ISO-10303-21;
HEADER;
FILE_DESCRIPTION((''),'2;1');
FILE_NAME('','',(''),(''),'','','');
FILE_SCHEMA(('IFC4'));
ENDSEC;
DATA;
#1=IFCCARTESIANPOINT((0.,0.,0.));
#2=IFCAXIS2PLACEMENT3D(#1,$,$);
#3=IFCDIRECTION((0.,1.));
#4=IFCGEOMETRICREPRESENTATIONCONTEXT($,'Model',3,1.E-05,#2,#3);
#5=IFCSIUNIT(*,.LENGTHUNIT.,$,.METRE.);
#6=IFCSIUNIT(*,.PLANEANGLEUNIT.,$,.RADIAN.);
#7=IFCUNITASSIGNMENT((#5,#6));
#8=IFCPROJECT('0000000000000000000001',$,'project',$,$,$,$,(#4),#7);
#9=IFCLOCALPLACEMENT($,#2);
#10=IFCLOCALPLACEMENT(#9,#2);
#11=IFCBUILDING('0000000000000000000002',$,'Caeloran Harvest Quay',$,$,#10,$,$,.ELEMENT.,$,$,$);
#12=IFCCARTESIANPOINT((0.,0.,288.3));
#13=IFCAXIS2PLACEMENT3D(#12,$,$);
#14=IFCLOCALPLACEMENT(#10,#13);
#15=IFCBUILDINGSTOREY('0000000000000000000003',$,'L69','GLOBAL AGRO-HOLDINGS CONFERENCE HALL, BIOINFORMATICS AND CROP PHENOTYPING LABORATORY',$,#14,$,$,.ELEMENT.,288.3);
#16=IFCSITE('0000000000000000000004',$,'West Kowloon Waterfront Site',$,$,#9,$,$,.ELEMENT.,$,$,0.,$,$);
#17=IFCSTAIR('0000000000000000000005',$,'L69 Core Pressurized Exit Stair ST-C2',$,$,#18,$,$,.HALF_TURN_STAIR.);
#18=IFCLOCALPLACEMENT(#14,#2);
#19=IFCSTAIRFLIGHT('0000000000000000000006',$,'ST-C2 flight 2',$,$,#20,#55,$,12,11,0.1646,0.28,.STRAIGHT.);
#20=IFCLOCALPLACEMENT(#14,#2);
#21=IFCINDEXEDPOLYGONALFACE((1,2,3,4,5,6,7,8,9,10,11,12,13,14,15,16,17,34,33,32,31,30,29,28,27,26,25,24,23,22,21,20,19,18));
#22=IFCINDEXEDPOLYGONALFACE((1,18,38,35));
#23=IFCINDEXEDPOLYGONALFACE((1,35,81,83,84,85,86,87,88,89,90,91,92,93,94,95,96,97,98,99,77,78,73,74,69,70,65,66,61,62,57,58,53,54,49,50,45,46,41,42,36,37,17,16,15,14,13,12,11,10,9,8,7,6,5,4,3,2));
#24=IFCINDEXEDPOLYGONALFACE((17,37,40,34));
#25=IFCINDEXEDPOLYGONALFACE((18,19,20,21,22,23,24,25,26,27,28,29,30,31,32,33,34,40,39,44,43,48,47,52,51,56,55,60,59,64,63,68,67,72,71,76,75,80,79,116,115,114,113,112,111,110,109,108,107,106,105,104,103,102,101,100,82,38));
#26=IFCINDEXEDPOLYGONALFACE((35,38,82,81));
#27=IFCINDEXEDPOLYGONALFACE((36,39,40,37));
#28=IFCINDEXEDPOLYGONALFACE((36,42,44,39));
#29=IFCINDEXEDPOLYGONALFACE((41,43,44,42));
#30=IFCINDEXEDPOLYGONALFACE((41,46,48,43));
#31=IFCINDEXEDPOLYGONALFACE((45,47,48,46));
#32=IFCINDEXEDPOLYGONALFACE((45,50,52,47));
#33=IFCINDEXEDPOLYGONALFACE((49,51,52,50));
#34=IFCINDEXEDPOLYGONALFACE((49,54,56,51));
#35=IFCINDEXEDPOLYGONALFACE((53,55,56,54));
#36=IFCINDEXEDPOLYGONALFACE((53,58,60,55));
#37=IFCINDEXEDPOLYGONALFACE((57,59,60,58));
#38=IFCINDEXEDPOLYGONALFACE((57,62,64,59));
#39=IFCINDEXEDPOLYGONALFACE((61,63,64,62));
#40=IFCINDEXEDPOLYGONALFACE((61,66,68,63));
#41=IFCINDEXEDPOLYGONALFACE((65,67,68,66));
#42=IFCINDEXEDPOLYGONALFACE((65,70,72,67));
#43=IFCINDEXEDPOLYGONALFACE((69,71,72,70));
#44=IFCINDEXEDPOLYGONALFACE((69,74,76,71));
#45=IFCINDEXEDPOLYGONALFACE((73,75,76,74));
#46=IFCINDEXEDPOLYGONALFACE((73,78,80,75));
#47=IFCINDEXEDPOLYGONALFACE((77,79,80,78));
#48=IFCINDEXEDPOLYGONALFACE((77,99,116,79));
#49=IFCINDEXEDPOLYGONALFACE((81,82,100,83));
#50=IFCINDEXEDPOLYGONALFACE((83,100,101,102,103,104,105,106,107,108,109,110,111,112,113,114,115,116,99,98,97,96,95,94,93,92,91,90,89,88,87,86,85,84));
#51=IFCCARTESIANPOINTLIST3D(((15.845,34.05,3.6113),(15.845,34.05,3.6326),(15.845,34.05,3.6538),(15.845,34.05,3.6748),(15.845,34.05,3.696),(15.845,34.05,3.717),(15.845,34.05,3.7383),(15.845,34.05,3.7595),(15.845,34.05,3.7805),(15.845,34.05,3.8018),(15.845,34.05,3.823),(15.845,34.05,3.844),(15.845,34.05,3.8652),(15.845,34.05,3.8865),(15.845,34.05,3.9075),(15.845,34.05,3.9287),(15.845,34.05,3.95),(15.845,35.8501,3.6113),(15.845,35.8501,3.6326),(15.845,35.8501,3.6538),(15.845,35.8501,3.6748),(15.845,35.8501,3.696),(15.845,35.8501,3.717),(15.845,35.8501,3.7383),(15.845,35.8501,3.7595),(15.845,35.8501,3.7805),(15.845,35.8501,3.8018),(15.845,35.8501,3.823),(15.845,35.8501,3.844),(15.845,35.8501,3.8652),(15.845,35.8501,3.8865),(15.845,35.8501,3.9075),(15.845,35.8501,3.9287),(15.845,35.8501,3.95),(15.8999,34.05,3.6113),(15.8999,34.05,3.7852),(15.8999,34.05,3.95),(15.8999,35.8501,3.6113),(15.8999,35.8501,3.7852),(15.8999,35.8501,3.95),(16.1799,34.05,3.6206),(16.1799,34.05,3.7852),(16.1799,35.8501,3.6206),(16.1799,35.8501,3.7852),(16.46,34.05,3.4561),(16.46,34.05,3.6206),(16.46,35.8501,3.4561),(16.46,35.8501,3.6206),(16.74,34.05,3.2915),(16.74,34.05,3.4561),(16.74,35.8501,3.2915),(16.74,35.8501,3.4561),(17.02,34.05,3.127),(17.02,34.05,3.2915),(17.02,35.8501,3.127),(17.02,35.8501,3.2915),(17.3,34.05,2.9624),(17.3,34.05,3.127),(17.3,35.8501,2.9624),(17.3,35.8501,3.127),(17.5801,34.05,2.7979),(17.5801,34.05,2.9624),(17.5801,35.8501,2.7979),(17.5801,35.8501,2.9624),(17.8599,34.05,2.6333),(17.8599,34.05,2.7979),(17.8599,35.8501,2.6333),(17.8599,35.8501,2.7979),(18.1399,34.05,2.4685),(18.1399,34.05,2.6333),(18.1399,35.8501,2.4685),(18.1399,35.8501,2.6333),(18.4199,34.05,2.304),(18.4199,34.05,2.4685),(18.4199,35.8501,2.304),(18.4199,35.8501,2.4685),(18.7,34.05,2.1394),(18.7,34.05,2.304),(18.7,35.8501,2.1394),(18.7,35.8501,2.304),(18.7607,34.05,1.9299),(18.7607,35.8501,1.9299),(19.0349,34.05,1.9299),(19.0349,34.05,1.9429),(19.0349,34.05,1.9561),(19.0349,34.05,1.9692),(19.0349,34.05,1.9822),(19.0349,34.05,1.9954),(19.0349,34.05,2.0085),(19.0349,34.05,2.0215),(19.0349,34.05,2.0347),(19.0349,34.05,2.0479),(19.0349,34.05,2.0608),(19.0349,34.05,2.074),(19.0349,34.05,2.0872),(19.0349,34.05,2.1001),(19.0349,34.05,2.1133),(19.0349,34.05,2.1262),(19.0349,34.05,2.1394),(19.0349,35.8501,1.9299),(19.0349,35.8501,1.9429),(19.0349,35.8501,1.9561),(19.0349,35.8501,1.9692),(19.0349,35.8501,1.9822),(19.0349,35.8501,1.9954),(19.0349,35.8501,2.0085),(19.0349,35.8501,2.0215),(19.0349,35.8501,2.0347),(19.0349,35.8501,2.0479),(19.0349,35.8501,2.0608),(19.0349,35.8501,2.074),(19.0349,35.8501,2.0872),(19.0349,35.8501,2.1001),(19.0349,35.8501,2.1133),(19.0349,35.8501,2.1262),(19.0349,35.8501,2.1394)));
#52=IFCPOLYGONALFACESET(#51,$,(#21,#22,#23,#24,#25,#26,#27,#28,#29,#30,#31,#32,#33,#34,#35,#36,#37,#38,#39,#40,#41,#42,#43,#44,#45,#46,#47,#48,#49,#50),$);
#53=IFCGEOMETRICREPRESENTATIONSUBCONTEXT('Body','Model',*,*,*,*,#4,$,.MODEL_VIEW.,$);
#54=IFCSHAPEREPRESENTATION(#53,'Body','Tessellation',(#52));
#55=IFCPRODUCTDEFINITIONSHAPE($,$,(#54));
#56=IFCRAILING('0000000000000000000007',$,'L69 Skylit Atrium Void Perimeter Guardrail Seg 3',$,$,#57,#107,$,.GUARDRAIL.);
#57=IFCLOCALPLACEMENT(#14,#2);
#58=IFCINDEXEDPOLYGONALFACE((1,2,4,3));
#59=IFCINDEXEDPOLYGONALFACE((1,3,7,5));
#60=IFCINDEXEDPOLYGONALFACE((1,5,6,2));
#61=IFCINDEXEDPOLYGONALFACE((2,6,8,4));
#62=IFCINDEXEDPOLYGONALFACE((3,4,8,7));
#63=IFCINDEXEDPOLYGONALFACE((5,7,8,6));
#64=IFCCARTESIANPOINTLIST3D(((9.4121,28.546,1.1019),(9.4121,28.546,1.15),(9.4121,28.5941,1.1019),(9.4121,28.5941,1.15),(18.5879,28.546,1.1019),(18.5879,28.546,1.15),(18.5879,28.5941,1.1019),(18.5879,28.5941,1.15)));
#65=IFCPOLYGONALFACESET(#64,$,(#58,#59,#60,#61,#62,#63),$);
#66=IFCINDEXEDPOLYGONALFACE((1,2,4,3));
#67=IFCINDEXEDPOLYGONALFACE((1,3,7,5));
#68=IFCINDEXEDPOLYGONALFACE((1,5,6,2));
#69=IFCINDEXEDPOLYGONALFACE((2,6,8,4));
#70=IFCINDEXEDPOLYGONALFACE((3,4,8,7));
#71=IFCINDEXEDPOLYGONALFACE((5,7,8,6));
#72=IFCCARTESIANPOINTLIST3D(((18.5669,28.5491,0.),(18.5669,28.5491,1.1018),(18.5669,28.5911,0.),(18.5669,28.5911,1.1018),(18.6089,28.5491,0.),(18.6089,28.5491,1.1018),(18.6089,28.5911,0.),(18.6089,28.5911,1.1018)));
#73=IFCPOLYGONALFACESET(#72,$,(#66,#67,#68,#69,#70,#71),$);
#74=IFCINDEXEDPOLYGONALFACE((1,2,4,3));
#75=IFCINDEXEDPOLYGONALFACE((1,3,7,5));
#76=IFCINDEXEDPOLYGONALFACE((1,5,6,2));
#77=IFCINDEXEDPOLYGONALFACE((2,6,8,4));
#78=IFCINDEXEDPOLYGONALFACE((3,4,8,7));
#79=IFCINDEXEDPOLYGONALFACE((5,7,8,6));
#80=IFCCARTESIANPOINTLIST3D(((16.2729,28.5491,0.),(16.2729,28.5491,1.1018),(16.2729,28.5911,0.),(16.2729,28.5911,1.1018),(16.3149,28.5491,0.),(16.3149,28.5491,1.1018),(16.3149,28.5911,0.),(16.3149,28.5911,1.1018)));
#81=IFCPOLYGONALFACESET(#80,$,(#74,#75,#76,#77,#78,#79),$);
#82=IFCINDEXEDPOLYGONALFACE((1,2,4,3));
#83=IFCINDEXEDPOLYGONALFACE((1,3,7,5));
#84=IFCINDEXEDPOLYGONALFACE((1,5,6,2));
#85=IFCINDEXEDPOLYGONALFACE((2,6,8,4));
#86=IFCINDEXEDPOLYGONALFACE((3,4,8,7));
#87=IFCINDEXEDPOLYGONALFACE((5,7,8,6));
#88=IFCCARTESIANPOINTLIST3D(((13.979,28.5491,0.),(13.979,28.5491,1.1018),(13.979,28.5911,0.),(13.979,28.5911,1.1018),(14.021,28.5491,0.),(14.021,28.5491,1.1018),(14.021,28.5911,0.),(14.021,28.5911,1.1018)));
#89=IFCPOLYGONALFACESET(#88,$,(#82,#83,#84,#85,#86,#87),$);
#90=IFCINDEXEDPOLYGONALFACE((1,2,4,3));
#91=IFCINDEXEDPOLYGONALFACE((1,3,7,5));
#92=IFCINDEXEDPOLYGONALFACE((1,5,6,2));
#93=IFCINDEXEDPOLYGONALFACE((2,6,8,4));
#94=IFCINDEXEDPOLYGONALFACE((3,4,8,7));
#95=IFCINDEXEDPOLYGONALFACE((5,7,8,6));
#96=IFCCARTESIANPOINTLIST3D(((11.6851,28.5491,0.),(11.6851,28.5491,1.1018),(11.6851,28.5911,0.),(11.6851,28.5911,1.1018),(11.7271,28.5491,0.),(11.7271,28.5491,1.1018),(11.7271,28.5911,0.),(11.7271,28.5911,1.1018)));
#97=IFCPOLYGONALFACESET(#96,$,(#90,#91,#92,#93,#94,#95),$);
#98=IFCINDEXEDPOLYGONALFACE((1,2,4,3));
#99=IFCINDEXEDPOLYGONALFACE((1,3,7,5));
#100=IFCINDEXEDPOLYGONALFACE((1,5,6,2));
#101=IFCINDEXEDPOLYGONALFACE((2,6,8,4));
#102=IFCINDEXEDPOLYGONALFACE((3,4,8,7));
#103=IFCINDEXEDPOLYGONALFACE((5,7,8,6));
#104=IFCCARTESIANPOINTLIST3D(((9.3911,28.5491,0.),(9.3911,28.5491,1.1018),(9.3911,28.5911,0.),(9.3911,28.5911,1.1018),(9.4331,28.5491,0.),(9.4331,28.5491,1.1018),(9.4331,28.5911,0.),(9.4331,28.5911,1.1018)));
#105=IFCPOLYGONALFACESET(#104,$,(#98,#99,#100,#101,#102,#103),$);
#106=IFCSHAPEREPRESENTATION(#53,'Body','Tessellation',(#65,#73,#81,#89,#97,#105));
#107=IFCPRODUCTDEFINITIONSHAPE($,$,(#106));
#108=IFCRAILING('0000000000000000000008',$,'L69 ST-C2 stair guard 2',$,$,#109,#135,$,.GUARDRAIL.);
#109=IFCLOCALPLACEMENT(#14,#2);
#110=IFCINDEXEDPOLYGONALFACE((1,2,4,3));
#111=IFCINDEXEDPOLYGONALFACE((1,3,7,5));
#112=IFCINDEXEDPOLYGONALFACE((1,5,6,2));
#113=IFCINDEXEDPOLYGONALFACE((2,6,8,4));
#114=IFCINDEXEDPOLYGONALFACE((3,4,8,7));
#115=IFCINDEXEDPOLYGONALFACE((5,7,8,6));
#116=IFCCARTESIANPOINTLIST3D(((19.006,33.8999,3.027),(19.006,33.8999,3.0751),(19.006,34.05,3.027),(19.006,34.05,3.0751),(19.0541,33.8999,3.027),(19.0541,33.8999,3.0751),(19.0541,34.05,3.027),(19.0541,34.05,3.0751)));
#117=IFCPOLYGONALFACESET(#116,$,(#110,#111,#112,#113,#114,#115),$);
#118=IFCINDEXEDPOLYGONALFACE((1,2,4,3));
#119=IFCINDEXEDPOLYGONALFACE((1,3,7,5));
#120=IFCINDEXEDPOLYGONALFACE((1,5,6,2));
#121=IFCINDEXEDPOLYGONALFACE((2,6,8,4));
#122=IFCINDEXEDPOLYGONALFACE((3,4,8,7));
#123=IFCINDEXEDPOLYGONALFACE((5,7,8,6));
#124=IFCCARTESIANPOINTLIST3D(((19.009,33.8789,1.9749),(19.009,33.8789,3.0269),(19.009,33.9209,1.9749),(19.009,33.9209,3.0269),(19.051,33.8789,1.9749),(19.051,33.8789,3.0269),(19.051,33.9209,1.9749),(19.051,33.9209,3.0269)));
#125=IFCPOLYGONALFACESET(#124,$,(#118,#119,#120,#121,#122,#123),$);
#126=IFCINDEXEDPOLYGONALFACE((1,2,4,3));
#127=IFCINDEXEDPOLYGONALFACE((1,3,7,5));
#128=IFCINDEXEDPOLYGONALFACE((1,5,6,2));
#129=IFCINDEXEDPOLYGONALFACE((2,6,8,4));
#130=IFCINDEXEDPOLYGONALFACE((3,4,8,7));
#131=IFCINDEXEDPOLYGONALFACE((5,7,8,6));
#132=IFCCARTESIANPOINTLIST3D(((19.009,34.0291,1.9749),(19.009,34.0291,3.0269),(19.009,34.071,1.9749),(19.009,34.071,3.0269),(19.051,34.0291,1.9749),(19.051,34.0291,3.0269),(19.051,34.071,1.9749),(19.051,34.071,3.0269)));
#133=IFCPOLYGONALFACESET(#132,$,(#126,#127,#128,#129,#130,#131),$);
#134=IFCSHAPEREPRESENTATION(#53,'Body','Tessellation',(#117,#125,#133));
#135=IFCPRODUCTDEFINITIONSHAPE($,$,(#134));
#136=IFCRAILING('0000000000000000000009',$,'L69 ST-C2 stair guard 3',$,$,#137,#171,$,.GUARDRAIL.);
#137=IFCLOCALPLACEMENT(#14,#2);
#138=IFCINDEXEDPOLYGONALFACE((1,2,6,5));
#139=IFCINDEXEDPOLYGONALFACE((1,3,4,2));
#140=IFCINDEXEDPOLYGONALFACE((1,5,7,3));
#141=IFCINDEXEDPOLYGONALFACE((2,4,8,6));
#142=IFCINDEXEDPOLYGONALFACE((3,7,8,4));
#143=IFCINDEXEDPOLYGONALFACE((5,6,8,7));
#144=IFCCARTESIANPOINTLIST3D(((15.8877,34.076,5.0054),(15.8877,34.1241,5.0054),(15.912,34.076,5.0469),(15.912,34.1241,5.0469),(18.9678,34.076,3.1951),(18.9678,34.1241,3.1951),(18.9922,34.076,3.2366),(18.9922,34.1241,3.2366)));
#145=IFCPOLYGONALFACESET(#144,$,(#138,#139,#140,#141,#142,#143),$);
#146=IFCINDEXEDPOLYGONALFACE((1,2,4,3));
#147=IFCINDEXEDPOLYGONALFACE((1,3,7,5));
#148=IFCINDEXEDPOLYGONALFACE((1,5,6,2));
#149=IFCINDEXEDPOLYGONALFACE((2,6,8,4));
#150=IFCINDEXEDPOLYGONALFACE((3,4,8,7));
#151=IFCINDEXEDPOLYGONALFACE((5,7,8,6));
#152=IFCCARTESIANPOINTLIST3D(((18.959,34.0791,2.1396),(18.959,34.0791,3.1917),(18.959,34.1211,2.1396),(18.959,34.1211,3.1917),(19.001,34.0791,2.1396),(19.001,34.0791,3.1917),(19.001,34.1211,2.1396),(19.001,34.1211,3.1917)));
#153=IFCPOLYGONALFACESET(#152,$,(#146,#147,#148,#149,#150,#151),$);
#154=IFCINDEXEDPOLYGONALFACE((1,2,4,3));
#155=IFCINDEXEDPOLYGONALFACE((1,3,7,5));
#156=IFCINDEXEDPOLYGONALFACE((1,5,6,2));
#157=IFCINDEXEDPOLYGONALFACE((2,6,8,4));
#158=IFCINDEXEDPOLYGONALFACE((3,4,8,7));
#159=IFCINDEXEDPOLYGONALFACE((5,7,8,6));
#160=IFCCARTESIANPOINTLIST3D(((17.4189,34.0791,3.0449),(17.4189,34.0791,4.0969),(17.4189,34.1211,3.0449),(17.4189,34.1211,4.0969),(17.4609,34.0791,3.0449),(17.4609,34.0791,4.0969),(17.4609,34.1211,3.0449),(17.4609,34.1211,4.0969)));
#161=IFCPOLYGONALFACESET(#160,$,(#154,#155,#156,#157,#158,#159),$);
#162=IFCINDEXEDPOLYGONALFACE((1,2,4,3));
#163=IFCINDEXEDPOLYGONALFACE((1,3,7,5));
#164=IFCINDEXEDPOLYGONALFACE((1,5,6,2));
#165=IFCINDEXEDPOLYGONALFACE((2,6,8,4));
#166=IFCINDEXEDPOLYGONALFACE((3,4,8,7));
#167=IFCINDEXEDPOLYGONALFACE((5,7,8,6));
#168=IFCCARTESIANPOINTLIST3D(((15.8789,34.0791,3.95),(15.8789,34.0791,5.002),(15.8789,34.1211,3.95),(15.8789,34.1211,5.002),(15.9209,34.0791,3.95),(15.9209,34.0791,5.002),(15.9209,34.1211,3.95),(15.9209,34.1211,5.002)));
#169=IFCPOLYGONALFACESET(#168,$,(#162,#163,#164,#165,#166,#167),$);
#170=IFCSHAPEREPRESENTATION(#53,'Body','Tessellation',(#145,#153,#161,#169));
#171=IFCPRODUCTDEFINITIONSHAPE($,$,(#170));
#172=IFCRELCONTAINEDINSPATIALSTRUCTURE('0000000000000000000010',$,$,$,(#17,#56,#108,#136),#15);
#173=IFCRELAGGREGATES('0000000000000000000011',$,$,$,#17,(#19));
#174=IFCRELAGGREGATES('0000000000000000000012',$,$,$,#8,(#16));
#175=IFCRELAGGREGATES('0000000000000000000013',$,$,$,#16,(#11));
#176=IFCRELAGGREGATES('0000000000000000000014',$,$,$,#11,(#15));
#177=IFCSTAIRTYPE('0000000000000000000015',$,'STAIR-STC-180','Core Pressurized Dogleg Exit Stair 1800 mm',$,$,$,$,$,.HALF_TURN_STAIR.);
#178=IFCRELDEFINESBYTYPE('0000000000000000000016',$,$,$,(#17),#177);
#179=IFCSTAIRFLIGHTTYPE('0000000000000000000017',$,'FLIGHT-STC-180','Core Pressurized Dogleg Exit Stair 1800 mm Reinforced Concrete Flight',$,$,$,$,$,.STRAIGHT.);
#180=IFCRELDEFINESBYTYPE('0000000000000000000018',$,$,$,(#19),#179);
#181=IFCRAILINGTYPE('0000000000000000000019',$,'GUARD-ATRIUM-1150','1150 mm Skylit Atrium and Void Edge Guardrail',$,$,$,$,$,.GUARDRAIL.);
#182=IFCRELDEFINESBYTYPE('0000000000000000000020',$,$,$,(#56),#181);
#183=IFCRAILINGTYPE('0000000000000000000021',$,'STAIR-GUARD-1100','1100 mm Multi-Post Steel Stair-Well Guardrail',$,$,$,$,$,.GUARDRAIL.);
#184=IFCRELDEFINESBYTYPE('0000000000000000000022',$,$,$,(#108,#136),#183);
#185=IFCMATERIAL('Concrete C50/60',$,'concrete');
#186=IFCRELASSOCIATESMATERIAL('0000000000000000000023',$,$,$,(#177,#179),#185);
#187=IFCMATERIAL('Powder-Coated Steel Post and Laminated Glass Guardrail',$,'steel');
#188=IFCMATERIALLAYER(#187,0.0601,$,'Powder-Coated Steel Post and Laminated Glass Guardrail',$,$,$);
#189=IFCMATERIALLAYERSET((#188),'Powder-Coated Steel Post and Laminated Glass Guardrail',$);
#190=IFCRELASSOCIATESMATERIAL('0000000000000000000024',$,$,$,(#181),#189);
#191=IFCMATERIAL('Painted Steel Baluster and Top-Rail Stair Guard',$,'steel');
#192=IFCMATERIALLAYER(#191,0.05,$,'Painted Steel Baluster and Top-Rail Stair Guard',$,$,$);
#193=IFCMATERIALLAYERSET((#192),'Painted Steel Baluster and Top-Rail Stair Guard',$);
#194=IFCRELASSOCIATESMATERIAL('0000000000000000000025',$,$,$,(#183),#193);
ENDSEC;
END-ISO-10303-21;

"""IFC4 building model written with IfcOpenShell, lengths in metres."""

from ifc_helpers import new_model, si_unit, direction, frame, origin, origin_2d, place, context, subcontext, project, spatial, polyline, rectangle, outline, extrude, material, layer, layer_set, type_object, element, aggregate, save


model = new_model("IFC4")

# Units and contexts
model_context = context("Model", 3, precision=1e-05, world=origin(), true_north=direction((0.0, 1.0)))
body_context = subcontext(model_context, "Body", "Model", "MODEL_VIEW")
ifc_project = project(units=[si_unit("LENGTHUNIT", "METRE"), si_unit("PLANEANGLEUNIT", "RADIAN")], contexts=[model_context])

# Site, building, storey
site_placement = place(None, origin())
site = spatial("IfcSite", under=ifc_project, at=site_placement, Name="West Kowloon Waterfront Site", CompositionType="ELEMENT", RefElevation=0.0)
building_placement = place(site_placement, origin())
building = spatial("IfcBuilding", under=site, at=building_placement, Name="Caeloran Harvest Quay", CompositionType="ELEMENT")
storey_placement = place(building_placement, frame((0.0, 0.0, 288.3)))
storey = spatial("IfcBuildingStorey", under=building, at=storey_placement, Name="L69", Description="GLOBAL AGRO-HOLDINGS CONFERENCE HALL, BIOINFORMATICS AND CROP PHENOTYPING LABORATORY", CompositionType="ELEMENT", Elevation=288.3)

# Shared definitions
ifc_material_1 = material(Name="Concrete C50/60", Category="concrete")

# Stair, stair flight
stair_type = type_object("IfcStairType", Name="STAIR-STC-180", Description="Core Pressurized Dogleg Exit Stair 1800 mm", PredefinedType="HALF_TURN_STAIR", material=ifc_material_1)
stair_placement = place(storey_placement, origin())
stair = element("IfcStair", 1, at=stair_placement, inside=storey, type_object=stair_type, Name="L69 Core Pressurized Exit Stair ST-C2", PredefinedType="HALF_TURN_STAIR")
stair_flight_type = type_object("IfcStairFlightType", Name="FLIGHT-STC-180", Description="Core Pressurized Dogleg Exit Stair 1800 mm Reinforced Concrete Flight", PredefinedType="STRAIGHT", material=ifc_material_1)
stair_flight_placement = place(storey_placement, frame((18.98, 34.95, 1.9749), z_axis=(0.0, 0.0, 1.0), x_axis=(-1.0, 0.0, 0.0)))
stair_flight = element("IfcStairFlight", 2, at=stair_flight_placement, type_object=stair_flight_type, Name="ST-C2 flight 2", NumberOfRisers=12, NumberOfTreads=11, PredefinedType="STRAIGHT", RiserHeight=0.1646, TreadLength=0.28, context=body_context, shape_type="SweptSolid", body=[
    extrude(outline(polyline([(-0.0549, -0.0449), (-0.0549, -0.032), (-0.0549, -0.0188), (-0.0549, -0.0056), (-0.0549, 0.0073), (-0.0549, 0.0205), (-0.0549, 0.0337), (-0.0549, 0.0466), (-0.0549, 0.0598), (-0.0549, 0.073), (-0.0549, 0.0859), (-0.0549, 0.0991), (-0.0549, 0.1123), (-0.0549, 0.1252), (-0.0549, 0.1384), (-0.0549, 0.1514), (-0.0549, 0.1646), (0.28, 0.1646), (0.28, 0.3291), (0.5601, 0.3291), (0.5601, 0.4937), (0.8401, 0.4937), (0.8401, 0.6584), (1.1201, 0.6584), (1.1201, 0.823), (1.3999, 0.823), (1.3999, 0.9875), (1.6799, 0.9875), (1.6799, 1.1521), (1.96, 1.1521), (1.96, 1.3167), (2.24, 1.3167), (2.24, 1.4812), (2.52, 1.4812), (2.52, 1.6458), (2.8, 1.6458), (2.8, 1.8103), (3.0801, 1.8103), (3.0801, 1.9751), (3.135, 1.9751), (3.135, 1.9539), (3.135, 1.9326), (3.135, 1.9116), (3.135, 1.8904), (3.135, 1.8691), (3.135, 1.8481), (3.135, 1.8269), (3.135, 1.8057), (3.135, 1.7847), (3.135, 1.7634), (3.135, 1.7422), (3.135, 1.7212), (3.135, 1.7), (3.135, 1.679), (3.135, 1.6577), (3.135, 1.6365), (3.0801, 1.6365), (0.2192, -0.0449), (-0.0549, -0.0449)])), frame((0.0, 0.8999, 0.0), z_axis=(0.0, -1.0, 0.0), x_axis=(1.0, 0.0, 0.0)), (0.0, 0.0, 1.0), 1.8),
])
aggregate(stair, [stair_flight])

# Railings
ifc_material_2 = material(Name="Powder-Coated Steel Post and Laminated Glass Guardrail", Category="steel")
ifc_layer_1 = layer(ifc_material_2, 0.0601, Name="Powder-Coated Steel Post and Laminated Glass Guardrail")
ifc_layer_set_1 = layer_set([ifc_layer_1], Name="Powder-Coated Steel Post and Laminated Glass Guardrail")
railing_type_1 = type_object("IfcRailingType", Name="GUARD-ATRIUM-1150", Description="1150 mm Skylit Atrium and Void Edge Guardrail", PredefinedType="GUARDRAIL", material=ifc_layer_set_1)
railing_1_placement = place(storey_placement, frame((18.5879, 28.5701, 0.0)))
element("IfcRailing", 3, at=railing_1_placement, inside=storey, type_object=railing_type_1, Name="L69 Skylit Atrium Void Perimeter Guardrail Seg 3", PredefinedType="GUARDRAIL", context=body_context, shape_type="SweptSolid", body=[
    extrude(rectangle(XDim=0.0481, YDim=0.0481, at=origin_2d()), frame((0.0, 0.0, 1.126), z_axis=(-1.0, 0.0, 0.0), x_axis=(0.0, -1.0, 0.0)), (0.0, 0.0, 1.0), 9.1758),
    extrude(rectangle(XDim=0.042, YDim=0.042, at=origin_2d()), origin(), (0.0, 0.0, 1.0), 1.1018),
    extrude(rectangle(XDim=0.042, YDim=0.042, at=origin_2d()), frame((-2.2939, 0.0, 0.0)), (0.0, 0.0, 1.0), 1.1018),
    extrude(rectangle(XDim=0.042, YDim=0.042, at=origin_2d()), frame((-4.5879, 0.0, 0.0)), (0.0, 0.0, 1.0), 1.1018),
    extrude(rectangle(XDim=0.042, YDim=0.042, at=origin_2d()), frame((-6.8818, 0.0, 0.0)), (0.0, 0.0, 1.0), 1.1018),
    extrude(rectangle(XDim=0.042, YDim=0.042, at=origin_2d()), frame((-9.1758, 0.0, 0.0)), (0.0, 0.0, 1.0), 1.1018),
])
ifc_material_3 = material(Name="Painted Steel Baluster and Top-Rail Stair Guard", Category="steel")
ifc_layer_2 = layer(ifc_material_3, 0.05, Name="Painted Steel Baluster and Top-Rail Stair Guard")
ifc_layer_set_2 = layer_set([ifc_layer_2], Name="Painted Steel Baluster and Top-Rail Stair Guard")
railing_type_2 = type_object("IfcRailingType", Name="STAIR-GUARD-1100", Description="1100 mm Multi-Post Steel Stair-Well Guardrail", PredefinedType="GUARDRAIL", material=ifc_layer_set_2)
railing_2_placement = place(storey_placement, frame((19.03, 33.8999, 1.9749)))
element("IfcRailing", 4, at=railing_2_placement, inside=storey, type_object=railing_type_2, Name="L69 ST-C2 stair guard 2", PredefinedType="GUARDRAIL", context=body_context, shape_type="SweptSolid", body=[
    extrude(rectangle(XDim=0.0481, YDim=0.0481, at=origin_2d()), frame((0.0, 0.0, 1.0762), z_axis=(0.0, 1.0, 0.0), x_axis=(-1.0, 0.0, 0.0)), (0.0, 0.0, 1.0), 0.1501),
    extrude(rectangle(XDim=0.042, YDim=0.042, at=origin_2d()), origin(), (0.0, 0.0, 1.0), 1.052),
    extrude(rectangle(XDim=0.042, YDim=0.042, at=origin_2d()), frame((0.0, 0.1501, 0.0)), (0.0, 0.0, 1.0), 1.052),
])
railing_3_placement = place(storey_placement, frame((18.98, 34.1001, 2.1396)))
element("IfcRailing", 5, at=railing_3_placement, inside=storey, type_object=railing_type_2, Name="L69 ST-C2 stair guard 3", PredefinedType="GUARDRAIL", context=body_context, shape_type="SweptSolid", body=[
    extrude(rectangle(XDim=0.0481, YDim=0.0481, at=origin_2d()), frame((0.0, 0.0, 1.0762), z_axis=(-0.862119, 0.0, 0.506707), x_axis=(0.0, -1.0, 0.0)), (0.0, 0.0, 1.0), 3.5728),
    extrude(rectangle(XDim=0.042, YDim=0.042, at=origin_2d()), origin(), (0.0, 0.0, 1.0), 1.052),
    extrude(rectangle(XDim=0.042, YDim=0.042, at=origin_2d()), frame((-1.54, 0.0, 0.9053)), (0.0, 0.0, 1.0), 1.052),
    extrude(rectangle(XDim=0.042, YDim=0.042, at=origin_2d()), frame((-3.0801, 0.0, 1.8103)), (0.0, 0.0, 1.0), 1.052),
])

save(model, "model.ifc")
